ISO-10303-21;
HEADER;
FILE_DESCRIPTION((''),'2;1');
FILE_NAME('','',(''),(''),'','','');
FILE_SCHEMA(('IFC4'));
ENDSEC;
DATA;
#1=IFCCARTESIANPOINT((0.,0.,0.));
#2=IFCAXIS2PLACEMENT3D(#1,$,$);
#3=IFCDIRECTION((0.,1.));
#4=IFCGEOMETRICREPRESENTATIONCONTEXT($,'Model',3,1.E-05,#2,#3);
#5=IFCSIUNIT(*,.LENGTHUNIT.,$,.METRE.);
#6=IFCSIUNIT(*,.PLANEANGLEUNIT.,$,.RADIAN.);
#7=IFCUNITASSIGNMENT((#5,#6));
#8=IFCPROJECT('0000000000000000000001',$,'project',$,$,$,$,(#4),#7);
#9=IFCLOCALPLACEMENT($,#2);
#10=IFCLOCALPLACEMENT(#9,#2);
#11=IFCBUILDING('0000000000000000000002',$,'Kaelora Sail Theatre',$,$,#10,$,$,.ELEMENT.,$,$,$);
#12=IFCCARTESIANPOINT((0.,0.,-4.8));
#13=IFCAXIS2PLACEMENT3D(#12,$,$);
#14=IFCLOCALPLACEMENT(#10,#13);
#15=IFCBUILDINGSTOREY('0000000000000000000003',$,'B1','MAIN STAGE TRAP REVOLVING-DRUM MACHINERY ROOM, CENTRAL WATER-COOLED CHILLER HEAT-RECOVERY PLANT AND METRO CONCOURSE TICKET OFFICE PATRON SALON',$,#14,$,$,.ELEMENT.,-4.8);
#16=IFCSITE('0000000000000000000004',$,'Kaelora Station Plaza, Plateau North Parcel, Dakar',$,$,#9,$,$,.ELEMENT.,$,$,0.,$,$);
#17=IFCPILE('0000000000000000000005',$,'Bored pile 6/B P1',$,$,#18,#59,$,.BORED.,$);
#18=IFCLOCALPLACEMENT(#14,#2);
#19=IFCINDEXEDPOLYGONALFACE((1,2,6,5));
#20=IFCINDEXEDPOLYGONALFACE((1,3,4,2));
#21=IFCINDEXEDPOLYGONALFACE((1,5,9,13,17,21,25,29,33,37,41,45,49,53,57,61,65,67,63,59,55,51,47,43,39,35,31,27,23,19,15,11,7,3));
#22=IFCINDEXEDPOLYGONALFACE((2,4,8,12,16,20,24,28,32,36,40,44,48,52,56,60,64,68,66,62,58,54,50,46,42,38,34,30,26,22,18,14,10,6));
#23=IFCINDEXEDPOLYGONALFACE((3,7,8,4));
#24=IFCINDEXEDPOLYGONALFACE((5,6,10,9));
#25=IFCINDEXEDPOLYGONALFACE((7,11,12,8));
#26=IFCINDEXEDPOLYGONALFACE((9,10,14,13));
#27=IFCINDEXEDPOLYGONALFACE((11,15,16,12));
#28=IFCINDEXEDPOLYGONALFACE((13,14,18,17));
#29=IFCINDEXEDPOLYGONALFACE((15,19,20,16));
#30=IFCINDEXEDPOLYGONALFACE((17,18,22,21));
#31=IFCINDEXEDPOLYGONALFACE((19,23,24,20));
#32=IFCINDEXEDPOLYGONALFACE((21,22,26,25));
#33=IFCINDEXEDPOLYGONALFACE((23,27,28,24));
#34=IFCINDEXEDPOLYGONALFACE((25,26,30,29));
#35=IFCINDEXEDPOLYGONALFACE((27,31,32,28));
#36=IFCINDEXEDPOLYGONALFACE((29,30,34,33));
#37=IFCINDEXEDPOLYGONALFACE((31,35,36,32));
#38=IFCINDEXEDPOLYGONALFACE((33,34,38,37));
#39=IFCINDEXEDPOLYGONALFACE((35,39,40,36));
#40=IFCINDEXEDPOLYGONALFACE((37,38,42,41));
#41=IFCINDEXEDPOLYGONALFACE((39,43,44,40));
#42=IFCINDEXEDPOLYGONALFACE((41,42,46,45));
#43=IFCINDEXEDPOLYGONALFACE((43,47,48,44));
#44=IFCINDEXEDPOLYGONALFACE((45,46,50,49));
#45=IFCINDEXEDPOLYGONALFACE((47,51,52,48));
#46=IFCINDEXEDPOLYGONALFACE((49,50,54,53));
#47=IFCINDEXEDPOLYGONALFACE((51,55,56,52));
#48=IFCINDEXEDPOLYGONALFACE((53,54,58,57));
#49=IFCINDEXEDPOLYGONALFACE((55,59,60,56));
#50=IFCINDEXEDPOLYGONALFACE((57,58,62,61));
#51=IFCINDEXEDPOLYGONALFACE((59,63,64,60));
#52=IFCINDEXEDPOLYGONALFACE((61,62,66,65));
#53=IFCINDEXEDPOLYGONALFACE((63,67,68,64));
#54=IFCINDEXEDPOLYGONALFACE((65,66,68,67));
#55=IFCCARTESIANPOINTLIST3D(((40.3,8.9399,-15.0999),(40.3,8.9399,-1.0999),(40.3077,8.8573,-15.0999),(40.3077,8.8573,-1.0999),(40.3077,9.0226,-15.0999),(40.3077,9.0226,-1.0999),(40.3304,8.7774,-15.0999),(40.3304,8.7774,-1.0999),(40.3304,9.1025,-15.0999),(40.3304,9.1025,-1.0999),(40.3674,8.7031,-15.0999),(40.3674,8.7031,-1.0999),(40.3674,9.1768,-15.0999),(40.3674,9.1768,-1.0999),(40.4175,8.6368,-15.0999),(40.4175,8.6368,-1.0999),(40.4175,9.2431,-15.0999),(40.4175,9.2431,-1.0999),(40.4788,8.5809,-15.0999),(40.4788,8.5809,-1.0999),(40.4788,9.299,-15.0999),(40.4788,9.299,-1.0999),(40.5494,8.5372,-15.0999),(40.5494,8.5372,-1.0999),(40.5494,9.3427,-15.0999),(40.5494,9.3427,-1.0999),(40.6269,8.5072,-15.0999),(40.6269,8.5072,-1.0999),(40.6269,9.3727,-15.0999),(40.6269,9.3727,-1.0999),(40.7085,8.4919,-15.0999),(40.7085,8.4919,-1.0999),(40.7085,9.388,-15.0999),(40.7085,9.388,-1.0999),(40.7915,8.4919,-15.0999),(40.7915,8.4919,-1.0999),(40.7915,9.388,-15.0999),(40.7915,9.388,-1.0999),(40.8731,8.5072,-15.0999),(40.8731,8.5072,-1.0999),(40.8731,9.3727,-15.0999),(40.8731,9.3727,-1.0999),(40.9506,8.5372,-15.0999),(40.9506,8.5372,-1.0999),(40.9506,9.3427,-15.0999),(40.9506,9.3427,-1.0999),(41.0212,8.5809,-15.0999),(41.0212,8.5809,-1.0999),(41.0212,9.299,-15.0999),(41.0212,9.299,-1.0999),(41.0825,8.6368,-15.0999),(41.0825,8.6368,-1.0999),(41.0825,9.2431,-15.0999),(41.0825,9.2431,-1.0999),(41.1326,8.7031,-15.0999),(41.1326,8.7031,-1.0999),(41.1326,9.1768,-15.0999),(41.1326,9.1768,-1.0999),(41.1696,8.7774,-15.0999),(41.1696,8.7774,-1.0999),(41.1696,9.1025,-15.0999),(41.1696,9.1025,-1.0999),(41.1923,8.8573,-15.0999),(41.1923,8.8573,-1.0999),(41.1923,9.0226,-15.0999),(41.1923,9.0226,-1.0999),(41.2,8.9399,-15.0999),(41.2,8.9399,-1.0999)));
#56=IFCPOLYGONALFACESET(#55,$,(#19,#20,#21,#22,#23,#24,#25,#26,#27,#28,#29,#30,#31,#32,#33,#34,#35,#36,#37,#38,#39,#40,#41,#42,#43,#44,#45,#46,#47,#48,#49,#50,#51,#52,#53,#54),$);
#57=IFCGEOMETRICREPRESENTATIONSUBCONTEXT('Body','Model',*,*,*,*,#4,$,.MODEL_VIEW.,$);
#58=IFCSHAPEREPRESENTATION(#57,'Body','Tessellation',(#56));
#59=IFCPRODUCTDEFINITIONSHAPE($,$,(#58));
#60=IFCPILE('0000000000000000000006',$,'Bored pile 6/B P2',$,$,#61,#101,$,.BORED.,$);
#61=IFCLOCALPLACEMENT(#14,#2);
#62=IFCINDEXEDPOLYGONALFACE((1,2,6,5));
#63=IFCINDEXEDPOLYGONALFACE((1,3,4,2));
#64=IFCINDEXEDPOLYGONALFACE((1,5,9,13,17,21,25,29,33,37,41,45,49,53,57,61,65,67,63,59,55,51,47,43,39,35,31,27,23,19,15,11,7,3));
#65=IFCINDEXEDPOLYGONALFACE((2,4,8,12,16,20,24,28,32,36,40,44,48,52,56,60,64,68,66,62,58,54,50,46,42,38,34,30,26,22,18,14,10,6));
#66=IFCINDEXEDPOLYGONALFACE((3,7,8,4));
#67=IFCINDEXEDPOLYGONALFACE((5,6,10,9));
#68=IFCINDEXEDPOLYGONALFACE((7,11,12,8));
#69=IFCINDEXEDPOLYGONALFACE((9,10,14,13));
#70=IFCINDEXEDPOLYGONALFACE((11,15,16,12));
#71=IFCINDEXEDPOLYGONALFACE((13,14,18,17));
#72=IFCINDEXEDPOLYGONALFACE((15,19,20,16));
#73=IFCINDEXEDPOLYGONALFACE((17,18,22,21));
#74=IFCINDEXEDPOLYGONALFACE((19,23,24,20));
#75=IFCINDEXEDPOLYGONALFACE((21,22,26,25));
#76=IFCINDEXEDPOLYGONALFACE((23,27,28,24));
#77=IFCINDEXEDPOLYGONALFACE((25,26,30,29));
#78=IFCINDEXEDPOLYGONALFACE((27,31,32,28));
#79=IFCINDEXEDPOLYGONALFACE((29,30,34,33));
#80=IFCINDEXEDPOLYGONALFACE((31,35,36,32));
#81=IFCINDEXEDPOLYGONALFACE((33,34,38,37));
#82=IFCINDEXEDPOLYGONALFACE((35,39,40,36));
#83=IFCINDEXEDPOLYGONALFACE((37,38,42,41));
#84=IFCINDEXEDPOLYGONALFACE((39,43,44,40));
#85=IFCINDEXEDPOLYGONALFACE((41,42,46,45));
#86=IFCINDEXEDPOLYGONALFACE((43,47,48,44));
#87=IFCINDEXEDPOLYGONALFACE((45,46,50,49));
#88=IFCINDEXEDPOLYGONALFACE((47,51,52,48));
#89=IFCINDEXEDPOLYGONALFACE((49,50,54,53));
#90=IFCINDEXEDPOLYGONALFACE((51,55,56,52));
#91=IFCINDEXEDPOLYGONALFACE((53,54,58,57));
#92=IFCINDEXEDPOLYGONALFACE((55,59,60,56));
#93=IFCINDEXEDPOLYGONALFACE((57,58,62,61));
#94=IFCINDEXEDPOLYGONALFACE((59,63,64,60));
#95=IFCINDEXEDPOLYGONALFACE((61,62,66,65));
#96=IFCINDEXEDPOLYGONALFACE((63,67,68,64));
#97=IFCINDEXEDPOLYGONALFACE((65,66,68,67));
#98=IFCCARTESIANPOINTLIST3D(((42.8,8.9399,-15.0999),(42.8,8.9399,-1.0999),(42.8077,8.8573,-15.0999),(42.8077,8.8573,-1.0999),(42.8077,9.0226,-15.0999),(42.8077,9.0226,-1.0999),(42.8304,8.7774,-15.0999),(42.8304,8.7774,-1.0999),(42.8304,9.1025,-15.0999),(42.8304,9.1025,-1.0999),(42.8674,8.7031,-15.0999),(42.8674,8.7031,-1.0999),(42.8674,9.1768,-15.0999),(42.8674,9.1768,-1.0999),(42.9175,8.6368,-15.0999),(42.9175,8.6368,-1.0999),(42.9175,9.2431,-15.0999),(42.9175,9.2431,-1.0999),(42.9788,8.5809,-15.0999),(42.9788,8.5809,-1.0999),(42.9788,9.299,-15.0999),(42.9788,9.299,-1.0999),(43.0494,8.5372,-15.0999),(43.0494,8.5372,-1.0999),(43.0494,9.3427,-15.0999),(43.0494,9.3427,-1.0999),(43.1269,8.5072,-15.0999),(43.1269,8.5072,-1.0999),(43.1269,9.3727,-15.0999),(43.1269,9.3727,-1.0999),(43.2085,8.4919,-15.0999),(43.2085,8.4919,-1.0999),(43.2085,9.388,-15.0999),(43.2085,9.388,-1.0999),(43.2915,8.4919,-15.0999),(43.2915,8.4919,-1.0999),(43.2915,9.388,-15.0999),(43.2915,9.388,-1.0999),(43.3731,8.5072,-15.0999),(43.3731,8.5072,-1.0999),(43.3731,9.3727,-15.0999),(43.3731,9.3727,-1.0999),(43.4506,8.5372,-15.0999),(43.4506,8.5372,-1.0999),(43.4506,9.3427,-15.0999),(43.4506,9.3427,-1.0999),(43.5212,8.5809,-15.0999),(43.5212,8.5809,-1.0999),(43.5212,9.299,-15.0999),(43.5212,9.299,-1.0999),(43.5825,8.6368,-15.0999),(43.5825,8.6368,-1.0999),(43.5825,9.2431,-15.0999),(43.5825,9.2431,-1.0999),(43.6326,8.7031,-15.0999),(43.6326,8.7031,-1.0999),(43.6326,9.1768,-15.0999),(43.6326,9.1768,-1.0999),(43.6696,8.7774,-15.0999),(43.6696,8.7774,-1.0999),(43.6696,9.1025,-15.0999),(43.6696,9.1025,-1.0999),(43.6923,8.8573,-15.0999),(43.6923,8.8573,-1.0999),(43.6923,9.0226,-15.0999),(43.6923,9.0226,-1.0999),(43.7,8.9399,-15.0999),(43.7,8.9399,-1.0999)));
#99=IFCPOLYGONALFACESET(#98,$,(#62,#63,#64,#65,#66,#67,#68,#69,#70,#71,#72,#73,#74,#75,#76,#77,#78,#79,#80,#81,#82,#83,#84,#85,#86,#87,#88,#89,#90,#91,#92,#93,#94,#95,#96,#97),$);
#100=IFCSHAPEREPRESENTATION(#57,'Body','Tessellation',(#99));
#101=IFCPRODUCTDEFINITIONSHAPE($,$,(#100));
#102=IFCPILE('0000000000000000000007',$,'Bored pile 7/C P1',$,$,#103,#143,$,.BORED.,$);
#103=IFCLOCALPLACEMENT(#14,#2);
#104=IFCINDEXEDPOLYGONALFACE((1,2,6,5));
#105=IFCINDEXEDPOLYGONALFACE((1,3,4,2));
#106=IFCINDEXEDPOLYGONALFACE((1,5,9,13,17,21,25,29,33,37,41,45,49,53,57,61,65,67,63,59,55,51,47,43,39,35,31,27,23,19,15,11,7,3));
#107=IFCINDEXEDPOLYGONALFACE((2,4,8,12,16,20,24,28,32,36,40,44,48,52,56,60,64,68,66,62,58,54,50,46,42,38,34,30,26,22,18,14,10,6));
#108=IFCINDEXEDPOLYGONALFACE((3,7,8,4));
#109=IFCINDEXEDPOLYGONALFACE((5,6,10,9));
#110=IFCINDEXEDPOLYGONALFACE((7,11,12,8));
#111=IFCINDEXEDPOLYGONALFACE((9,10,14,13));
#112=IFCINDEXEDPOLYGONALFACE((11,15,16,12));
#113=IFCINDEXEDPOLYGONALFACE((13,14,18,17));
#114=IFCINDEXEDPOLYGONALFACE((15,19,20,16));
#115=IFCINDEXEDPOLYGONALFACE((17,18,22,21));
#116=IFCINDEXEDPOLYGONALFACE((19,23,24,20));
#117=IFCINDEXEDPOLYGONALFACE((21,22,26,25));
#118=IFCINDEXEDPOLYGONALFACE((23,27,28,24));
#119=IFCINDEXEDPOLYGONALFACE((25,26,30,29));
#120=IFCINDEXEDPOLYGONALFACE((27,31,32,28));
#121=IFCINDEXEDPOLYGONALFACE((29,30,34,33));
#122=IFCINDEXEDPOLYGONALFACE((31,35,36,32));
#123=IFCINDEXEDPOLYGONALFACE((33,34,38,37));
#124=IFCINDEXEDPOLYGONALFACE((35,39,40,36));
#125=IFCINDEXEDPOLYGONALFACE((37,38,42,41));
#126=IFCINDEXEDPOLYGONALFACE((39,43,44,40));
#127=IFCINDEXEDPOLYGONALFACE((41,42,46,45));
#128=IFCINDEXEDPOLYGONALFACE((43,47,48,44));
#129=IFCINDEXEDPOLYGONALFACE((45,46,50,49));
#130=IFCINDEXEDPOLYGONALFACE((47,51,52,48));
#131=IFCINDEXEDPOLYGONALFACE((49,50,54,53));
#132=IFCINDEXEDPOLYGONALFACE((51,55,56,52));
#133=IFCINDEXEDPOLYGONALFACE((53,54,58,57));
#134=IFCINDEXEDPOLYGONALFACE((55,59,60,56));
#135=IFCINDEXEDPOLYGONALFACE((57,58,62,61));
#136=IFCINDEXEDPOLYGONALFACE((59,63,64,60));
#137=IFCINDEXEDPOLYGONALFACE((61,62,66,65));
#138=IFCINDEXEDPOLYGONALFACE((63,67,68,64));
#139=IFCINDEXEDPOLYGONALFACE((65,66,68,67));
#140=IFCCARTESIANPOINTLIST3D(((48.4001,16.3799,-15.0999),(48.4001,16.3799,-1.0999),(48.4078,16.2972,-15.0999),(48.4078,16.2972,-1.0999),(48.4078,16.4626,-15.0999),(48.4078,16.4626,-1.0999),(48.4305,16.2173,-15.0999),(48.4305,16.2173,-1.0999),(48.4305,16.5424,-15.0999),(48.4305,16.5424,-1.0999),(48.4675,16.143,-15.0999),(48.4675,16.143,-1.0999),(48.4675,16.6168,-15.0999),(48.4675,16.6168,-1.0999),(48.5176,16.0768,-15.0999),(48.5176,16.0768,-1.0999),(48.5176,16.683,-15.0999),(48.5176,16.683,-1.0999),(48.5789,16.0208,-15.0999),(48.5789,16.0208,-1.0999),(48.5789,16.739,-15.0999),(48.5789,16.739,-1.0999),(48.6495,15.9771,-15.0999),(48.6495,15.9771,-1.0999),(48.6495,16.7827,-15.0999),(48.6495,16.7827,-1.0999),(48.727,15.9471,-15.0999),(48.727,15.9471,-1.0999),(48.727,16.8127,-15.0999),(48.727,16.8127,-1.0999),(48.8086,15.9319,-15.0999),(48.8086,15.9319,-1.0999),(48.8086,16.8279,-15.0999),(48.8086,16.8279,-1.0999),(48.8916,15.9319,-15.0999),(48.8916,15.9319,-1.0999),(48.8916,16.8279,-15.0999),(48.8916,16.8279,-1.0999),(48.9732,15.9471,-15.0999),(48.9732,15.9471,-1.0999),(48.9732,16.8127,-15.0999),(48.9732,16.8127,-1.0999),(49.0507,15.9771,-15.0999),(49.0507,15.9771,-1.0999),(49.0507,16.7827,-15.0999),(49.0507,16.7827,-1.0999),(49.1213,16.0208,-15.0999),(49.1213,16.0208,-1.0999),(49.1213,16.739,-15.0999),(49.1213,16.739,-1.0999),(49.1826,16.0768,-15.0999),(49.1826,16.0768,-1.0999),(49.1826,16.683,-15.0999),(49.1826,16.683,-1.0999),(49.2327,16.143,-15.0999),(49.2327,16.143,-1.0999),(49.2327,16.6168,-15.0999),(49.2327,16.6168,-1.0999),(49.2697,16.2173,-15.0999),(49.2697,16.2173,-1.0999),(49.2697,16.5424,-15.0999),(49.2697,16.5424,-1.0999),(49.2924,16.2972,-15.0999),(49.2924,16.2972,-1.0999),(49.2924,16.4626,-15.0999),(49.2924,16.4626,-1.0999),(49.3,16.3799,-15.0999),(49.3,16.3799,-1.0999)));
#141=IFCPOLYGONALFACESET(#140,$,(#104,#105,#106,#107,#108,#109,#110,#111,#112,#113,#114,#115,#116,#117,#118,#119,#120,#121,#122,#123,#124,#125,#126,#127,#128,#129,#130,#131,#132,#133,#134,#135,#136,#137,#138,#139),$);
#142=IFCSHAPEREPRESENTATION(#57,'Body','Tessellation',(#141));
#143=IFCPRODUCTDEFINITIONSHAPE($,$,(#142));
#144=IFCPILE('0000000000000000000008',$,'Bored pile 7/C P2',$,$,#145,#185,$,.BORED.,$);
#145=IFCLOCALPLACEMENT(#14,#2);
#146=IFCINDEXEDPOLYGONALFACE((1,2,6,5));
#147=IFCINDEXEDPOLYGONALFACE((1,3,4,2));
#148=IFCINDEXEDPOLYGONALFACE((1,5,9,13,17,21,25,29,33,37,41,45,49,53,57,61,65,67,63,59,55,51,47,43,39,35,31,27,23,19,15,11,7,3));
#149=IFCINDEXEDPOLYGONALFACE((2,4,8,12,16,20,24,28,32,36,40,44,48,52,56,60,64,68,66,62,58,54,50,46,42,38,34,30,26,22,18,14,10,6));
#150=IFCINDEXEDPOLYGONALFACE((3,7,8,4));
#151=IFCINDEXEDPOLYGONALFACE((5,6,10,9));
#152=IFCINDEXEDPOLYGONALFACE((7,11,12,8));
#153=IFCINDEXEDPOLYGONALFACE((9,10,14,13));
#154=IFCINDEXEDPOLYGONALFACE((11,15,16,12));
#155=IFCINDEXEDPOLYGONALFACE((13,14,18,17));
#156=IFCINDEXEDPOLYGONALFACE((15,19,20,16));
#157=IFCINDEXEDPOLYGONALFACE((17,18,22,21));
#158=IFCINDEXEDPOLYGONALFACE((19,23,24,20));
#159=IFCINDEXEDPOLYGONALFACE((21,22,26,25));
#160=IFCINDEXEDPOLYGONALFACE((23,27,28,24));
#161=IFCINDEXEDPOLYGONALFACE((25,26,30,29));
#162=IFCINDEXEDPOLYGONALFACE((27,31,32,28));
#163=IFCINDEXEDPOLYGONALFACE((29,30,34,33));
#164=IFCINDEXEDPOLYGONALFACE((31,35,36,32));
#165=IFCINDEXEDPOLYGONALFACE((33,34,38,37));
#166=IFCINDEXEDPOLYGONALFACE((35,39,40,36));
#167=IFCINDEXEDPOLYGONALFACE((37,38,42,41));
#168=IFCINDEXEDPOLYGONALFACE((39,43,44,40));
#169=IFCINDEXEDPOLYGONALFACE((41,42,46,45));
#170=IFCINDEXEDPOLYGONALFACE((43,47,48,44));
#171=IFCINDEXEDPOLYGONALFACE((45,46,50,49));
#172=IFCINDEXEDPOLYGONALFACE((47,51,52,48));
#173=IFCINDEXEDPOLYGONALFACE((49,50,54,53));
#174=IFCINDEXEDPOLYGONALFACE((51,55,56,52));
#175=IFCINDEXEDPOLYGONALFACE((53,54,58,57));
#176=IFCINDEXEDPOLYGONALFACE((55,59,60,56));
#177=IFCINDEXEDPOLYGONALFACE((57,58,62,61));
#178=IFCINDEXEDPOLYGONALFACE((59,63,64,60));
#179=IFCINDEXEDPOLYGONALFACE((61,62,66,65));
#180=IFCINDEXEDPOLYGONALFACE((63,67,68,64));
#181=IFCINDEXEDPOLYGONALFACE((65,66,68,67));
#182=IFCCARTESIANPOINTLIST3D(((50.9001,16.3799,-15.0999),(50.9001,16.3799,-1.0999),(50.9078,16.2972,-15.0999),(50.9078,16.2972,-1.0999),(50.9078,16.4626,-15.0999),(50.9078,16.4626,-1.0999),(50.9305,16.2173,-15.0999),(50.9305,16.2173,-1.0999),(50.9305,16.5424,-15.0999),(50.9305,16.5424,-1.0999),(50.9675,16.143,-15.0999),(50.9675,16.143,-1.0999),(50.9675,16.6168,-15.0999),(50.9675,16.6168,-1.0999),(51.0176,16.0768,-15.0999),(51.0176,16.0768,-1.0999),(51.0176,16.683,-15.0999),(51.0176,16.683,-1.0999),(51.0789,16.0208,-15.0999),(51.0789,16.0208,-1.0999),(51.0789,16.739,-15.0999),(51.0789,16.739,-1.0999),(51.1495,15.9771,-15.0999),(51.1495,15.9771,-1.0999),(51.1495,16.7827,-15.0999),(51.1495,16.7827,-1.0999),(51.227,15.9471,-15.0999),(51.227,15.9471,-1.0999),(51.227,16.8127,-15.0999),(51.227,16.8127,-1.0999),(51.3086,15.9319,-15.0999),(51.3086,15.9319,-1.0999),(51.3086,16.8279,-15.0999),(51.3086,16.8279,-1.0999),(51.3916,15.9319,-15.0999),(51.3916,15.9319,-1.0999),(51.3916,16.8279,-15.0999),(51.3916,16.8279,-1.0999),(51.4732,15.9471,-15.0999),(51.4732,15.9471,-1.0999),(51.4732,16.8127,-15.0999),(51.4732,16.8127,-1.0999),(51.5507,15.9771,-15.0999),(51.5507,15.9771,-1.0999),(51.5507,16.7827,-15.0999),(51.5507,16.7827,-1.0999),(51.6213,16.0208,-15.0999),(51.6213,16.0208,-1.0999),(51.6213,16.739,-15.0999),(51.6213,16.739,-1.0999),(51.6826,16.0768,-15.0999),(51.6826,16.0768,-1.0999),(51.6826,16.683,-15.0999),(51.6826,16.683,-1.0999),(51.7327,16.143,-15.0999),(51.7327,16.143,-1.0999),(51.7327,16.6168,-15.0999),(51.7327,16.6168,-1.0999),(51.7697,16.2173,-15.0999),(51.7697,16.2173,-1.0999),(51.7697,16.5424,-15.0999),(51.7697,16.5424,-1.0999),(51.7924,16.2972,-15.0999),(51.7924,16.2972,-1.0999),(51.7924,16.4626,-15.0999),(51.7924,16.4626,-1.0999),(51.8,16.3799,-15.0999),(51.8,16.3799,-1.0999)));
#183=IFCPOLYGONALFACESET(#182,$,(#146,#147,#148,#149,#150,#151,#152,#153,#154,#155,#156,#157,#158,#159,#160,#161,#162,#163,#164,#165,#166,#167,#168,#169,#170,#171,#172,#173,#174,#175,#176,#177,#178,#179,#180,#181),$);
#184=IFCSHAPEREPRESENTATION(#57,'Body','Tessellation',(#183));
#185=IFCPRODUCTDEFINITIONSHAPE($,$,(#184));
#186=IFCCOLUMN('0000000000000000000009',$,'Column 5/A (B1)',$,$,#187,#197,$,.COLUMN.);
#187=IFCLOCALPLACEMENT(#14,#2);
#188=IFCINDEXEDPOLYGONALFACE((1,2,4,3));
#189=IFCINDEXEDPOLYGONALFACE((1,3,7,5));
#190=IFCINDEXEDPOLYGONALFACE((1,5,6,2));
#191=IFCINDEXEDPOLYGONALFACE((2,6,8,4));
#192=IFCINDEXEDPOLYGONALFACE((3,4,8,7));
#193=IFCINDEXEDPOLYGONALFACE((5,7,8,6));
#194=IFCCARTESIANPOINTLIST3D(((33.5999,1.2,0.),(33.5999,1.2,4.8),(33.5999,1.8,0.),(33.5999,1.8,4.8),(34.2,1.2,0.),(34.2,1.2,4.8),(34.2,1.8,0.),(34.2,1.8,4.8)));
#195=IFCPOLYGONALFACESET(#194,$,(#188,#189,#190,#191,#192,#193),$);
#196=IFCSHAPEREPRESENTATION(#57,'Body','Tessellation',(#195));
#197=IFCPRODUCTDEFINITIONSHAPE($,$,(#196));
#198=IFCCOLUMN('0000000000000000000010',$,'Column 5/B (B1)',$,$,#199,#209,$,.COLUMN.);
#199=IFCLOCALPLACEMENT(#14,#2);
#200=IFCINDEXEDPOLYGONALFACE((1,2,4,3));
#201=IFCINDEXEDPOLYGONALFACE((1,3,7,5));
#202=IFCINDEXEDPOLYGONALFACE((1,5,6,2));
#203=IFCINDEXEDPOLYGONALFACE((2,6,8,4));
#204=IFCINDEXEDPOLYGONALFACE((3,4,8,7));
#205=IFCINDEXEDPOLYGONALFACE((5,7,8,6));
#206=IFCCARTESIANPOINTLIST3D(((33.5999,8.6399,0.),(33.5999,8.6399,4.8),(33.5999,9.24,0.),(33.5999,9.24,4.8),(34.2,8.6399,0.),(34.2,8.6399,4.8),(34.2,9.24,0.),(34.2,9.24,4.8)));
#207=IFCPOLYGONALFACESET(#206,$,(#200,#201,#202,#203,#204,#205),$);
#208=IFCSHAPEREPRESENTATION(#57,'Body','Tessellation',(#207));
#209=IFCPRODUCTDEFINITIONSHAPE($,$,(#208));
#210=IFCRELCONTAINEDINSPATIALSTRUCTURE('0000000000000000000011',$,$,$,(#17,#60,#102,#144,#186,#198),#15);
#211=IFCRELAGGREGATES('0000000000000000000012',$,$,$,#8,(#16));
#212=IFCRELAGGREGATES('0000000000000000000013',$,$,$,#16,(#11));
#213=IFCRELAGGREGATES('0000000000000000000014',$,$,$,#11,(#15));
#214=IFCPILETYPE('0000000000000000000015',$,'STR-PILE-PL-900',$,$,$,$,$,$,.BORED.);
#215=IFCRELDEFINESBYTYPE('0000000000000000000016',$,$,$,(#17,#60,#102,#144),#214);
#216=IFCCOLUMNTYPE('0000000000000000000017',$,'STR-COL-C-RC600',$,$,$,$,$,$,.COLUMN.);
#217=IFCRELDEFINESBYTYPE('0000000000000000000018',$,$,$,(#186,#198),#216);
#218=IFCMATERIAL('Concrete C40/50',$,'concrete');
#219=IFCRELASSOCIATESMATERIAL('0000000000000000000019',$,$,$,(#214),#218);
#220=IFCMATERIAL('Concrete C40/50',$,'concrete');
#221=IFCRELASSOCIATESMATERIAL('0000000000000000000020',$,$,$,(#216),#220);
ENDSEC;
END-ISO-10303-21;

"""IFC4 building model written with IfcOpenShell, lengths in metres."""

from ifc_helpers import new_model, si_unit, direction, frame, origin, origin_2d, place, context, subcontext, project, spatial, rectangle, circle, extrude, material, material_profile, profile_set, type_object, element, save


model = new_model("IFC4")

# Units and contexts
model_context = context("Model", 3, precision=1e-05, world=origin(), true_north=direction((0.0, 1.0)))
body_context = subcontext(model_context, "Body", "Model", "MODEL_VIEW")
ifc_project = project(units=[si_unit("LENGTHUNIT", "METRE"), si_unit("PLANEANGLEUNIT", "RADIAN")], contexts=[model_context])

# Site, building, storey
site_placement = place(None, origin())
site = spatial("IfcSite", under=ifc_project, at=site_placement, Name="Kaelora Station Plaza, Plateau North Parcel, Dakar", CompositionType="ELEMENT", RefElevation=0.0)
building_placement = place(site_placement, origin())
building = spatial("IfcBuilding", under=site, at=building_placement, Name="Kaelora Sail Theatre", CompositionType="ELEMENT")
storey_placement = place(building_placement, frame((0.0, 0.0, -4.8)))
storey = spatial("IfcBuildingStorey", under=building, at=storey_placement, Name="B1", Description="MAIN STAGE TRAP REVOLVING-DRUM MACHINERY ROOM, CENTRAL WATER-COOLED CHILLER HEAT-RECOVERY PLANT AND METRO CONCOURSE TICKET OFFICE PATRON SALON", CompositionType="ELEMENT", Elevation=-4.8)

# Piles
ifc_material_1 = material(Name="Concrete C40/50", Category="concrete")
ifc_material_profile_1 = material_profile(ifc_material_1, circle(Radius=0.45, at=origin_2d()), Name="PILE D900")
ifc_profile_set_1 = profile_set([ifc_material_profile_1], Name="Concrete C40/50")
pile_type = type_object("IfcPileType", Name="STR-PILE-PL-900", PredefinedType="BORED", material=ifc_profile_set_1)
for number, where, z_axis, x_axis, name in (
    (1, (40.75, 8.9399, -1.0999), (0.0, 0.0, -1.0), (1.0, 0.0, 0.0), "Bored pile 6/B P1"),
    (2, (43.25, 8.9399, -1.0999), (0.0, 0.0, -1.0), (1.0, 0.0, 0.0), "Bored pile 6/B P2"),
    (3, (48.8501, 16.3799, -1.0999), (0.0, 0.0, -1.0), (1.0, 0.0, 0.0), "Bored pile 7/C P1"),
    (4, (51.3501, 16.3799, -1.0999), (0.0, 0.0, -1.0), (1.0, 0.0, 0.0), "Bored pile 7/C P2"),
):
    element("IfcPile", number, at=place(storey_placement, frame(where, z_axis=z_axis, x_axis=x_axis)), inside=storey, type_object=pile_type, Name=name, PredefinedType="BORED", context=body_context, shape_type="SweptSolid", body=[
        extrude(circle(Radius=0.45, at=origin_2d()), origin(), (0.0, 0.0, 1.0), 14.0),
    ])

# Columns
ifc_material_2 = material(Name="Concrete C40/50", Category="concrete")
ifc_material_profile_2 = material_profile(ifc_material_2, rectangle(XDim=0.6001, YDim=0.6001, at=origin_2d()), Name="RC-COL 600x600")
ifc_profile_set_2 = profile_set([ifc_material_profile_2], Name="Concrete C40/50")
column_type_1 = type_object("IfcColumnType", Name="STR-COL-C-RC600", PredefinedType="COLUMN", material=ifc_profile_set_2)
for number, where, z_axis, x_axis, name in (
    (5, (33.8999, 1.5, 0.0), (0.0, 0.0, 1.0), (1.0, 0.0, 0.0), "Column 5/A (B1)"),
    (6, (33.8999, 8.9399, 0.0), (0.0, 0.0, 1.0), (1.0, 0.0, 0.0), "Column 5/B (B1)"),
):
    element("IfcColumn", number, at=place(storey_placement, frame(where, z_axis=z_axis, x_axis=x_axis)), inside=storey, type_object=column_type_1, Name=name, PredefinedType="COLUMN", context=body_context, shape_type="SweptSolid", body=[
        extrude(rectangle(XDim=0.6001, YDim=0.6001, at=origin_2d()), origin(), (0.0, 0.0, 1.0), 4.8),
    ])

save(model, "model.ifc")
